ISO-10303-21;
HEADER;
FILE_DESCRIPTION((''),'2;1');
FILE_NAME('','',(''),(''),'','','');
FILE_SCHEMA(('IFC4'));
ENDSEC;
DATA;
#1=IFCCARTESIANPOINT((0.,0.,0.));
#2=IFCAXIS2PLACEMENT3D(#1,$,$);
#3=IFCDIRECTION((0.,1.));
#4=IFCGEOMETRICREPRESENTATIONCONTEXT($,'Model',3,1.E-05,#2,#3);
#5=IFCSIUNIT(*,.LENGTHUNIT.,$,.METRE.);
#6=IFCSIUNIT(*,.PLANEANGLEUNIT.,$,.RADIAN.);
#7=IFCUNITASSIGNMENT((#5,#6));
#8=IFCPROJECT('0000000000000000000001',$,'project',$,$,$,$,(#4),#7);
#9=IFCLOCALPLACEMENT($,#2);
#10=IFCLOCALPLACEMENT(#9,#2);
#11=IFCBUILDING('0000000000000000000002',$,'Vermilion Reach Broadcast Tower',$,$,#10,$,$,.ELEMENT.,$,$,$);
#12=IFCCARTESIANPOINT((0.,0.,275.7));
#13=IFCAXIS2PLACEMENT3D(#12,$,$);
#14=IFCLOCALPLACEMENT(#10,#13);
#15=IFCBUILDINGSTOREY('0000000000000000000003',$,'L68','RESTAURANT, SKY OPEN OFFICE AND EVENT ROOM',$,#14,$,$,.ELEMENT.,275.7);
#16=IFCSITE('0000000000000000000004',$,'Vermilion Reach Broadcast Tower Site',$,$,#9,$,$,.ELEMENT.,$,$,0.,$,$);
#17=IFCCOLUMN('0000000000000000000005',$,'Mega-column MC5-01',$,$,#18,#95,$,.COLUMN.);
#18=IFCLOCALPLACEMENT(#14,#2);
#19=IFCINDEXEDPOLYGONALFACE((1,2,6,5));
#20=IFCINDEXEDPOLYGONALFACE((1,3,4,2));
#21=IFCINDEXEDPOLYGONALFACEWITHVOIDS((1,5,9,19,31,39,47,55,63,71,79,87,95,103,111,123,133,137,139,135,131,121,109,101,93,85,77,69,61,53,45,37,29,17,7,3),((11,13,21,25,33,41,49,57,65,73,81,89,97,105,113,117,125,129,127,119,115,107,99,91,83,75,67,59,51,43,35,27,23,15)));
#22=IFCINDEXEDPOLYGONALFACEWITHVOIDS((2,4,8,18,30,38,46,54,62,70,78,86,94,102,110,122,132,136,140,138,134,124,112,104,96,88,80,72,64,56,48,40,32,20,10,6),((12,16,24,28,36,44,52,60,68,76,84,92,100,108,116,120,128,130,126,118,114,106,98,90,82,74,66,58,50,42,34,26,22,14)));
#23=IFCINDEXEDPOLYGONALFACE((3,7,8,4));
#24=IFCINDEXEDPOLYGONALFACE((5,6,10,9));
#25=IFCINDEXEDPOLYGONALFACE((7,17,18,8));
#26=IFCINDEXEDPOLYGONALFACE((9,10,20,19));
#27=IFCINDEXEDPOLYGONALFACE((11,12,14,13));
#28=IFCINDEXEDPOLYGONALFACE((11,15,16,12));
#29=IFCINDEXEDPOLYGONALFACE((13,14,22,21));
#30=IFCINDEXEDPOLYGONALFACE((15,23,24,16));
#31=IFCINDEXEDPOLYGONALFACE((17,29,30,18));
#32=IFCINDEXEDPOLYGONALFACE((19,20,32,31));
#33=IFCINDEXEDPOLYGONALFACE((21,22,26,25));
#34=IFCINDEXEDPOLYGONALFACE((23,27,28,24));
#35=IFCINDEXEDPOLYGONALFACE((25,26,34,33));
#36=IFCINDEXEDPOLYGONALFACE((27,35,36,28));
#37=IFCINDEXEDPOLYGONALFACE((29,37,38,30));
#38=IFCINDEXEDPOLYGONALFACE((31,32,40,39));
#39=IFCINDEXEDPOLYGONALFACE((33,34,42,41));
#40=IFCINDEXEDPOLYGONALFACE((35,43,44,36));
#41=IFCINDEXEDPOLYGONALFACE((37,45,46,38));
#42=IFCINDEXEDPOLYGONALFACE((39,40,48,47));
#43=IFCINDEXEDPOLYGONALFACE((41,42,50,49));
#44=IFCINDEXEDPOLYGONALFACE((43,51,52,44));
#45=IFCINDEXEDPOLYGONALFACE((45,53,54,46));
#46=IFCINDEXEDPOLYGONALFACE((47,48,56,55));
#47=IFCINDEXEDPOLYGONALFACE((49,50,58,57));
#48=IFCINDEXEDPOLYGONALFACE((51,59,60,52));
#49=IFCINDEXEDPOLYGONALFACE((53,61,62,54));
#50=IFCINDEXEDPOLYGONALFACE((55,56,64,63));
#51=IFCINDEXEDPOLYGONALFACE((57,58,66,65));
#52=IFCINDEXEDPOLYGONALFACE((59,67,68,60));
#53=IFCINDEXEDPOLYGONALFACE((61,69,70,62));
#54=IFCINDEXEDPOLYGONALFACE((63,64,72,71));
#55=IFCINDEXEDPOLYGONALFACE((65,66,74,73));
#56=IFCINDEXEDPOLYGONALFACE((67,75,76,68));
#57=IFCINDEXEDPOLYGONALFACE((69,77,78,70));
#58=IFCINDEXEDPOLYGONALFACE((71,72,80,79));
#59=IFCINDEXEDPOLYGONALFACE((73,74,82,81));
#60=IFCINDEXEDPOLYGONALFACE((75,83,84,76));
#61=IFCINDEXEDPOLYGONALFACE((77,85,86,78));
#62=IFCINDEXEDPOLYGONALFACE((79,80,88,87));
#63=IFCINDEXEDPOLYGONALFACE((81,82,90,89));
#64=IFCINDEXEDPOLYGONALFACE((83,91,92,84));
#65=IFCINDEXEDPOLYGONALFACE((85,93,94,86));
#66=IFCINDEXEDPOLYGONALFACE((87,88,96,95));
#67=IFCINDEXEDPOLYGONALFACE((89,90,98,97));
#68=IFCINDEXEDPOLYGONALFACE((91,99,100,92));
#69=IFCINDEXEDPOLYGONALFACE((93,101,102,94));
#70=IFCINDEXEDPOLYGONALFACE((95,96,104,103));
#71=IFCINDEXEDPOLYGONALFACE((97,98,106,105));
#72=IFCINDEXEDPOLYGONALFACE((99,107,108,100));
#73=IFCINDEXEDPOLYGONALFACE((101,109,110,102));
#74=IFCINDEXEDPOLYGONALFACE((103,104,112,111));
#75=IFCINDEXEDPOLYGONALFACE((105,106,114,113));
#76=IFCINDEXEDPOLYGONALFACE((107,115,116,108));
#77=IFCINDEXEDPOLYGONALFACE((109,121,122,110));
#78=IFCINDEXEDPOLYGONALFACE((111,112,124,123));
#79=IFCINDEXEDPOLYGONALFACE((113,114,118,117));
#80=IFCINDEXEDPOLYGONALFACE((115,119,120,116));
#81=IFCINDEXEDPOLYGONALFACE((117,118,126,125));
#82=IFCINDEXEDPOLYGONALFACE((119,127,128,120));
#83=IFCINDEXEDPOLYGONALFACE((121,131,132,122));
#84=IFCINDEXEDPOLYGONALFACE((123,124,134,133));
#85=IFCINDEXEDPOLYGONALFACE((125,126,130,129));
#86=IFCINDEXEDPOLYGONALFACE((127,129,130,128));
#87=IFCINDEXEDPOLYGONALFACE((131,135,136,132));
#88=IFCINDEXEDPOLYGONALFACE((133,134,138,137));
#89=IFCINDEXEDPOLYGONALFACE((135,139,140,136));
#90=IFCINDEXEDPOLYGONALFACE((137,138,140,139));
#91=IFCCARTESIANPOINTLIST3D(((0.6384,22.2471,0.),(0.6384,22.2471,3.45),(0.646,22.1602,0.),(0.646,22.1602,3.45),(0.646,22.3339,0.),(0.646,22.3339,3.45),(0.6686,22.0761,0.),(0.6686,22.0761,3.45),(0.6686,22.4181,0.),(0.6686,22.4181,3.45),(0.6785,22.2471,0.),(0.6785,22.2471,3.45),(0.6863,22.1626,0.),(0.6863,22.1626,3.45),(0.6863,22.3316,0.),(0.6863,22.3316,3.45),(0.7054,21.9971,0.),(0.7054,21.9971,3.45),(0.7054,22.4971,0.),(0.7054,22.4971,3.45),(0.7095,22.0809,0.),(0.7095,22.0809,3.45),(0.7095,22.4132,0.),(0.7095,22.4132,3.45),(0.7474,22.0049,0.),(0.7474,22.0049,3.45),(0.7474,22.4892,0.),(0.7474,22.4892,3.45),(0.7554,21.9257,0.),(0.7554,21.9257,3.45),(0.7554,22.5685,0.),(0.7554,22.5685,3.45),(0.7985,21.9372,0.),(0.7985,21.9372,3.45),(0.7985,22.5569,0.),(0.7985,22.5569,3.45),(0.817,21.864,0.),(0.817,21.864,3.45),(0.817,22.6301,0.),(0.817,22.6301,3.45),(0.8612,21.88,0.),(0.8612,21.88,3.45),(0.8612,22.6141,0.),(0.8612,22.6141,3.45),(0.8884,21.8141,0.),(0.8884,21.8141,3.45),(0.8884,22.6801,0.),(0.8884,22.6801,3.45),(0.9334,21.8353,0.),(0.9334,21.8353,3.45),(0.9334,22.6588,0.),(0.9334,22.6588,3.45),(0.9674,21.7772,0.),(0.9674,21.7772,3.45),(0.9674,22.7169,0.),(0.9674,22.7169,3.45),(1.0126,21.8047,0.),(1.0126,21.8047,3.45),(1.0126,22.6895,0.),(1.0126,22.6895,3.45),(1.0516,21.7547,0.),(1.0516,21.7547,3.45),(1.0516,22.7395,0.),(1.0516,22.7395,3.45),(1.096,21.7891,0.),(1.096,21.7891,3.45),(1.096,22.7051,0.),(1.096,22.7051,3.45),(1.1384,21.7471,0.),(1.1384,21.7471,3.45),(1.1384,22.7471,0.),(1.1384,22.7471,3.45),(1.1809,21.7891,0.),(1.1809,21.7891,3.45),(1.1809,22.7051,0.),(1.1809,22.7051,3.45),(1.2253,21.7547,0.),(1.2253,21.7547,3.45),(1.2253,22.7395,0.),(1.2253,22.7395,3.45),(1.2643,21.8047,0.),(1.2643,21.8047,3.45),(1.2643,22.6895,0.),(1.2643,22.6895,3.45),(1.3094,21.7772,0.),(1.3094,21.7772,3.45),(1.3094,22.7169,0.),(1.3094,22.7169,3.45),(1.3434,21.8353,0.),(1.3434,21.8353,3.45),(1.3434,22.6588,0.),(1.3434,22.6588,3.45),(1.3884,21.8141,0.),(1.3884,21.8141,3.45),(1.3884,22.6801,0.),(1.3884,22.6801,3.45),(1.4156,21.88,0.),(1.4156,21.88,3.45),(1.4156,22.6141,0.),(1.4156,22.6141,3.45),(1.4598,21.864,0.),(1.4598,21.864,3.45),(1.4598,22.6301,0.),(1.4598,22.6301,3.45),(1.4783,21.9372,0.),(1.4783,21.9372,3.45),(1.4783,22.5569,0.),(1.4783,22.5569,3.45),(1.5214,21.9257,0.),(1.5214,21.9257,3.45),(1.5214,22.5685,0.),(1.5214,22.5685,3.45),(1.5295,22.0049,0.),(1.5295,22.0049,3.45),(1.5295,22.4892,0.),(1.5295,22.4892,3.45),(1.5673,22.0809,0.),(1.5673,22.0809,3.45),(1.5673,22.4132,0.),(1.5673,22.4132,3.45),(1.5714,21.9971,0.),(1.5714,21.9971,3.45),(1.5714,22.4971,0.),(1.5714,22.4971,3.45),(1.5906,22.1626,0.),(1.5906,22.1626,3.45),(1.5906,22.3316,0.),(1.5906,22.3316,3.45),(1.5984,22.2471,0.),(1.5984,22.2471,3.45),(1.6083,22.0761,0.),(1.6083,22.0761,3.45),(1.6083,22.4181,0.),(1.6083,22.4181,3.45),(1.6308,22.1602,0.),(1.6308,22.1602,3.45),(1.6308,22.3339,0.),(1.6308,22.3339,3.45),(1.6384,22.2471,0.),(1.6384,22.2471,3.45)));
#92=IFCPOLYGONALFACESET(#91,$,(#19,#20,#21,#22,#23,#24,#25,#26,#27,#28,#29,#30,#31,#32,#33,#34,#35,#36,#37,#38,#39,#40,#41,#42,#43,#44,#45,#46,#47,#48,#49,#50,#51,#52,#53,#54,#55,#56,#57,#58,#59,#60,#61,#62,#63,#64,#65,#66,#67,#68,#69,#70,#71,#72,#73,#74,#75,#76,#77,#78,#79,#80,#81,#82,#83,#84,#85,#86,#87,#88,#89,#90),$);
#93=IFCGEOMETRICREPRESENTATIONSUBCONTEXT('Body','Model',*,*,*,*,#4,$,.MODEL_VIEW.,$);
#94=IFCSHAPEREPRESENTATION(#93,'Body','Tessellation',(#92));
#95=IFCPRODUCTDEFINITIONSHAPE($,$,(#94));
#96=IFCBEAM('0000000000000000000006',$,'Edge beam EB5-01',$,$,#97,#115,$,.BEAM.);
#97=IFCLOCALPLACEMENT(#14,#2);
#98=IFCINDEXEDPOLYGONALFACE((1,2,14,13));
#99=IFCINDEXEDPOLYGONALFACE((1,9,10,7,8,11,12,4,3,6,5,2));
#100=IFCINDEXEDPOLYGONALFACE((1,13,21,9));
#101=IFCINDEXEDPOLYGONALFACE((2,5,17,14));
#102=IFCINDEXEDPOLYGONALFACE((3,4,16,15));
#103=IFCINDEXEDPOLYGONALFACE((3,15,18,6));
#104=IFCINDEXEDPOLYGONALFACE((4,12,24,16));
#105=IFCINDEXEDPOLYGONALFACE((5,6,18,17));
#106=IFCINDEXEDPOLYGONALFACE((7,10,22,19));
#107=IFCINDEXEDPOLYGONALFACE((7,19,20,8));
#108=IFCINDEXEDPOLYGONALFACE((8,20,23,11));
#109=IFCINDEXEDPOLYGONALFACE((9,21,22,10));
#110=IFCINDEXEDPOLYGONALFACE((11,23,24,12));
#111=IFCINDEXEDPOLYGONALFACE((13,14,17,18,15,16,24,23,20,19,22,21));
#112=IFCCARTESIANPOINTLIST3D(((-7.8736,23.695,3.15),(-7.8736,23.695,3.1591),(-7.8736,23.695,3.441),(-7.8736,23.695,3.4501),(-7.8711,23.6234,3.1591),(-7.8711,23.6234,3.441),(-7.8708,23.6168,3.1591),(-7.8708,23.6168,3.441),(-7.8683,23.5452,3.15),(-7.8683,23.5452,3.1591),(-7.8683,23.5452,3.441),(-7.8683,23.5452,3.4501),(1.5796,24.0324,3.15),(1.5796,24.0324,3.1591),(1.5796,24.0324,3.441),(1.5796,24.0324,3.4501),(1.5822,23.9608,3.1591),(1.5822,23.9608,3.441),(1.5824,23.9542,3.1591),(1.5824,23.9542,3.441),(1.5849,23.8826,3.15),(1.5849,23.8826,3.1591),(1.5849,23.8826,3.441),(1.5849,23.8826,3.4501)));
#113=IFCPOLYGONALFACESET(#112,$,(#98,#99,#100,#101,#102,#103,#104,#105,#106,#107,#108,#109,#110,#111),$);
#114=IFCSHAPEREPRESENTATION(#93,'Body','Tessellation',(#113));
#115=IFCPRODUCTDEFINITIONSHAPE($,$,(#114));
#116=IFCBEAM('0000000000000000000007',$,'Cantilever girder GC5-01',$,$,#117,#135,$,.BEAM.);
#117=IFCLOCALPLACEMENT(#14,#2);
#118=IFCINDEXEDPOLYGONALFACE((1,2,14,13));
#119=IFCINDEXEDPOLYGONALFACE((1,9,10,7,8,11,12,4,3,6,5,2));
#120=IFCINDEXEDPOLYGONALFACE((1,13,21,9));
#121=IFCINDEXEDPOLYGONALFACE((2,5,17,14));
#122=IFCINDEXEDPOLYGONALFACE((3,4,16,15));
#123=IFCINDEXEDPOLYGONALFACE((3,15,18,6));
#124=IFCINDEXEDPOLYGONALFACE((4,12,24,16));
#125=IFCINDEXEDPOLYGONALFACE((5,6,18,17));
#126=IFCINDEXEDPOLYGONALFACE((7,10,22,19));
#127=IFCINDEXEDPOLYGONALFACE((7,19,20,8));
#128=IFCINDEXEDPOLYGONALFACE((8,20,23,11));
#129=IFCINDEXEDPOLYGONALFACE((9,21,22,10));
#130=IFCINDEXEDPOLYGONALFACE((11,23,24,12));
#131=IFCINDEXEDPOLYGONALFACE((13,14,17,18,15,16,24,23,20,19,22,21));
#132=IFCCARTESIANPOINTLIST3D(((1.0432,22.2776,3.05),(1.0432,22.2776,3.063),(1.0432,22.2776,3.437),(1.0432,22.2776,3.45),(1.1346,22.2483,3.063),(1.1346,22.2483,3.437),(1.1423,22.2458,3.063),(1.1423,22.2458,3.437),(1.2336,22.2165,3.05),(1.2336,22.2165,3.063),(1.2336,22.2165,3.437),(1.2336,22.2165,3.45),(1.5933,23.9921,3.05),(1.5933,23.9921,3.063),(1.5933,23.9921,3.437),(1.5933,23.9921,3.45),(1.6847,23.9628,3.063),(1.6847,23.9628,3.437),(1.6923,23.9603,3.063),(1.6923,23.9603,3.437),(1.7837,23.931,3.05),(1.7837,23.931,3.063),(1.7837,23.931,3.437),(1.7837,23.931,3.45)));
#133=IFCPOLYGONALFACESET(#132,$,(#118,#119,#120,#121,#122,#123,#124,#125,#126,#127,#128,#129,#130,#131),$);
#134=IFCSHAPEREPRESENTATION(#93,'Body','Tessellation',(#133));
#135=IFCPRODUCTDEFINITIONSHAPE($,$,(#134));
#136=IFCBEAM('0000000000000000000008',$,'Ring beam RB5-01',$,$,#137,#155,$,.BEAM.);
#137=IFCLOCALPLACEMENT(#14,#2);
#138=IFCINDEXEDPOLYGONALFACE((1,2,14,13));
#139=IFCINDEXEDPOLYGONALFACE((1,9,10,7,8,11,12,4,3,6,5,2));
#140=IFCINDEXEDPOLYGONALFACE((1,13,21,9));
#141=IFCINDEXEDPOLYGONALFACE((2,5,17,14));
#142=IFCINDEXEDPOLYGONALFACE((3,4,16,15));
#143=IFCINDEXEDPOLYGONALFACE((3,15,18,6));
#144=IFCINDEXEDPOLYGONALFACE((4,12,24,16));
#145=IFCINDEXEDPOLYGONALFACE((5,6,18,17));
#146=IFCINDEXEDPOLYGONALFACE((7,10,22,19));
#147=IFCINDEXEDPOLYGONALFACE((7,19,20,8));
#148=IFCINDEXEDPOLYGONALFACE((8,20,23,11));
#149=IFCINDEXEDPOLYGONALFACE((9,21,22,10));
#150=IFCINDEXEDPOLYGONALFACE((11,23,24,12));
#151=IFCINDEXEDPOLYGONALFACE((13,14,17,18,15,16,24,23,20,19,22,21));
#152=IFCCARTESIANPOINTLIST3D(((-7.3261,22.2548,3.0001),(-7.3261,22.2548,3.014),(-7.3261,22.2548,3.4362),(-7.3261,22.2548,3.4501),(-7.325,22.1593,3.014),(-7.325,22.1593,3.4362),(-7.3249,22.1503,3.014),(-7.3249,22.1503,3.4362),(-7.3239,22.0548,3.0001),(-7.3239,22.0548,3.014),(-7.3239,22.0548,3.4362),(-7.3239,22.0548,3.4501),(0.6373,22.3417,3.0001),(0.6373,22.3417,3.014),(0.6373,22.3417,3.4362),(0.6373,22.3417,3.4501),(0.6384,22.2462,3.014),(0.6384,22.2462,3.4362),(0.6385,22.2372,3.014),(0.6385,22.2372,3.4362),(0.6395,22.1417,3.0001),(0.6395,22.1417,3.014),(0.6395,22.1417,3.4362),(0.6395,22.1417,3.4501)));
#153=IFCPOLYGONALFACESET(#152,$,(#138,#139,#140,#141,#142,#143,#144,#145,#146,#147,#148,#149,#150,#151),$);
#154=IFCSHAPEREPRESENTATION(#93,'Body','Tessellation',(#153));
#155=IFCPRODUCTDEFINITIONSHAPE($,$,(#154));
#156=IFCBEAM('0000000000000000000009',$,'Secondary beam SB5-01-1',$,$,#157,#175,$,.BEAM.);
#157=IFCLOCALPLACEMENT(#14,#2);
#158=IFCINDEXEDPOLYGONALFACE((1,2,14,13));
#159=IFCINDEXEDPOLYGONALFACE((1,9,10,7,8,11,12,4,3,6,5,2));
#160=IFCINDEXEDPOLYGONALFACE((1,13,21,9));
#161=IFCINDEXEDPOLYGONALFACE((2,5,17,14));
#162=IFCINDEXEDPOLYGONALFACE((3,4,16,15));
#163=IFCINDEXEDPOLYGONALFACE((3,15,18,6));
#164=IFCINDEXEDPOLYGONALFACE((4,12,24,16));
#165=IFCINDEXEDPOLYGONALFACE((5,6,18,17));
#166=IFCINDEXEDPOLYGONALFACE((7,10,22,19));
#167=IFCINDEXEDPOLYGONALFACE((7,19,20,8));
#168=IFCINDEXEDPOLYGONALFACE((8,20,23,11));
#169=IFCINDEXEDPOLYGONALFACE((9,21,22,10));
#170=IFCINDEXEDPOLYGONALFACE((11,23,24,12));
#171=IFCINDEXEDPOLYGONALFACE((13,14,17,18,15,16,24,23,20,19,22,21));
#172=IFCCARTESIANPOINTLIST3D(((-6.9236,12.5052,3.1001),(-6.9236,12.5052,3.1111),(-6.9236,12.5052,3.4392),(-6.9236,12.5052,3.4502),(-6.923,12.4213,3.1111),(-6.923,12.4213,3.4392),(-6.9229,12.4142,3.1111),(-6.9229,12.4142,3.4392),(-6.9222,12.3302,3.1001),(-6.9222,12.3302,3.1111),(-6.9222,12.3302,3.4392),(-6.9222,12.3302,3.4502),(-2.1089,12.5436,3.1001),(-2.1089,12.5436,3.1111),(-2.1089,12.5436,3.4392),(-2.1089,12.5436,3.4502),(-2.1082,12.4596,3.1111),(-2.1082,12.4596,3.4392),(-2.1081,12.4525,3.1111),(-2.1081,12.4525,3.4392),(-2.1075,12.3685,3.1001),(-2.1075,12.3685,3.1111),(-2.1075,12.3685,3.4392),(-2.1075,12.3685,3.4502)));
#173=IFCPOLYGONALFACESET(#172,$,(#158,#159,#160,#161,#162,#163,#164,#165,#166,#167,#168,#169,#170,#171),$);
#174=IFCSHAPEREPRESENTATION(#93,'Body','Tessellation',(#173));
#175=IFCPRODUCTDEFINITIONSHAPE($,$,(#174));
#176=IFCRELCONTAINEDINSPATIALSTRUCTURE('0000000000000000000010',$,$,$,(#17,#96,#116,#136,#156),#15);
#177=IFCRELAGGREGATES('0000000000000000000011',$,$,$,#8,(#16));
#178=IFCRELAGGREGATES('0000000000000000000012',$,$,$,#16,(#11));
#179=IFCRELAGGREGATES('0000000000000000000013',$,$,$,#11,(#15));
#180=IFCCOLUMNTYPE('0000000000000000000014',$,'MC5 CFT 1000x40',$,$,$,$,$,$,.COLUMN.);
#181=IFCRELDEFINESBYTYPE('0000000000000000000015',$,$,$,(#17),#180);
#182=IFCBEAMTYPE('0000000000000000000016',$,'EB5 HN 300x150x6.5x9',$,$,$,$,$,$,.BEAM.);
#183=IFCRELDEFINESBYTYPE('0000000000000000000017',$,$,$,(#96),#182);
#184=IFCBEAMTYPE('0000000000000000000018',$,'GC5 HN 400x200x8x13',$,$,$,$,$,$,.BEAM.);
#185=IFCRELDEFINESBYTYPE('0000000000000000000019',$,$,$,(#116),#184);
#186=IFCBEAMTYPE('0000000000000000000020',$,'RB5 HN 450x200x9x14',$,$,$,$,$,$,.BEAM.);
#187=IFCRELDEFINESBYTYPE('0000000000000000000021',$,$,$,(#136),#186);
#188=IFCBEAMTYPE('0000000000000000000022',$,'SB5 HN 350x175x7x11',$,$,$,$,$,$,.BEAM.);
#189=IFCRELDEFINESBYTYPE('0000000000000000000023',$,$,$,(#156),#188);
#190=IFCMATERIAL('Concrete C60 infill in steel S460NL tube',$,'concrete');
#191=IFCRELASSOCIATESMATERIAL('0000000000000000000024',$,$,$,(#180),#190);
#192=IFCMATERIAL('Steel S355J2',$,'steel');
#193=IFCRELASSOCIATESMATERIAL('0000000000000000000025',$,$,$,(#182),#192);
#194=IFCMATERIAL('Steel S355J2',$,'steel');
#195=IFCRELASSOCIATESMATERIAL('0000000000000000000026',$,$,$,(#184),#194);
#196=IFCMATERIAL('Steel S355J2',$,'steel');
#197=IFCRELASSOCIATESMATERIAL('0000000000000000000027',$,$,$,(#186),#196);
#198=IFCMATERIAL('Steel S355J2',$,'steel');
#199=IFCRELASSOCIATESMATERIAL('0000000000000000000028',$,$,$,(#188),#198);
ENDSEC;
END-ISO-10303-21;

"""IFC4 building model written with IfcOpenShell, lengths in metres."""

from ifc_helpers import new_model, si_unit, direction, frame, origin, origin_2d, place, context, subcontext, project, spatial, hollow_circle, i_section, extrude, material, material_profile, profile_set, type_object, element, save


model = new_model("IFC4")

# Units and contexts
model_context = context("Model", 3, precision=1e-05, world=origin(), true_north=direction((0.0, 1.0)))
body_context = subcontext(model_context, "Body", "Model", "MODEL_VIEW")
ifc_project = project(units=[si_unit("LENGTHUNIT", "METRE"), si_unit("PLANEANGLEUNIT", "RADIAN")], contexts=[model_context])

# Site, building, storey
site_placement = place(None, origin())
site = spatial("IfcSite", under=ifc_project, at=site_placement, Name="Vermilion Reach Broadcast Tower Site", CompositionType="ELEMENT", RefElevation=0.0)
building_placement = place(site_placement, origin())
building = spatial("IfcBuilding", under=site, at=building_placement, Name="Vermilion Reach Broadcast Tower", CompositionType="ELEMENT")
storey_placement = place(building_placement, frame((0.0, 0.0, 275.7)))
storey = spatial("IfcBuildingStorey", under=building, at=storey_placement, Name="L68", Description="RESTAURANT, SKY OPEN OFFICE AND EVENT ROOM", CompositionType="ELEMENT", Elevation=275.7)

# Column
ifc_material_1 = material(Name="Concrete C60 infill in steel S460NL tube", Category="concrete")
ifc_material_profile_1 = material_profile(ifc_material_1, hollow_circle(Radius=0.5, WallThickness=0.04, at=origin_2d()), Name="Concrete C60 infill in steel S460NL tube CFT 1000x40")
ifc_profile_set_1 = profile_set([ifc_material_profile_1], Name="Concrete C60 infill in steel S460NL tube")
column_type = type_object("IfcColumnType", Name="MC5 CFT 1000x40", PredefinedType="COLUMN", material=ifc_profile_set_1)
column_placement = place(storey_placement, frame((1.1384, 22.2471, 0.0), z_axis=(0.0, 0.0, 1.0), x_axis=(1.0, 0.0, 0.0)))
element("IfcColumn", 1, at=column_placement, inside=storey, type_object=column_type, Name="Mega-column MC5-01", PredefinedType="COLUMN", context=body_context, shape_type="SweptSolid", body=[
    extrude(hollow_circle(Radius=0.5, WallThickness=0.04, at=origin_2d()), origin(), (0.0, 0.0, 1.0), 3.45),
])

# Beams
ifc_material_2 = material(Name="Steel S355J2", Category="steel")
ifc_material_profile_2 = material_profile(ifc_material_2, i_section(OverallWidth=0.1499, OverallDepth=0.3, WebThickness=0.0066, FlangeThickness=0.009, at=origin_2d()), Name="S355J2 HN 300x150x6.5x9")
ifc_profile_set_2 = profile_set([ifc_material_profile_2], Name="Steel S355J2")
beam_type_1 = type_object("IfcBeamType", Name="EB5 HN 300x150x6.5x9", PredefinedType="BEAM", material=ifc_profile_set_2)
beam_1_placement = place(storey_placement, frame((1.5823, 23.9575, 3.3), z_axis=(-0.999364, -0.035669, 0.0), x_axis=(0.035669, -0.999364, 0.0)))
element("IfcBeam", 2, at=beam_1_placement, inside=storey, type_object=beam_type_1, Name="Edge beam EB5-01", PredefinedType="BEAM", context=body_context, shape_type="SweptSolid", body=[
    extrude(i_section(OverallWidth=0.1499, OverallDepth=0.3, WebThickness=0.0066, FlangeThickness=0.009, at=origin_2d()), origin(), (0.0, 0.0, 1.0), 9.4592),
])
ifc_material_3 = material(Name="Steel S355J2", Category="steel")
ifc_material_profile_3 = material_profile(ifc_material_3, i_section(OverallWidth=0.2, OverallDepth=0.3999, WebThickness=0.0081, FlangeThickness=0.0129, at=origin_2d()), Name="S355J2 HN 400x200x8x13")
ifc_profile_set_3 = profile_set([ifc_material_profile_3], Name="Steel S355J2")
beam_type_2 = type_object("IfcBeamType", Name="GC5 HN 400x200x8x13", PredefinedType="BEAM", material=ifc_profile_set_3)
beam_2_placement = place(storey_placement, frame((1.1384, 22.2471, 3.25), z_axis=(0.305509, 0.952189, 0.0), x_axis=(-0.952189, 0.305509, 0.0)))
element("IfcBeam", 3, at=beam_2_placement, inside=storey, type_object=beam_type_2, Name="Cantilever girder GC5-01", PredefinedType="BEAM", context=body_context, shape_type="SweptSolid", body=[
    extrude(i_section(OverallWidth=0.2, OverallDepth=0.3999, WebThickness=0.0081, FlangeThickness=0.0129, at=origin_2d()), origin(), (0.0, 0.0, 1.0), 1.8005),
])
ifc_material_4 = material(Name="Steel S355J2", Category="steel")
ifc_material_profile_4 = material_profile(ifc_material_4, i_section(OverallWidth=0.2, OverallDepth=0.45, WebThickness=0.009, FlangeThickness=0.0139, at=origin_2d()), Name="S355J2 HN 450x200x9x14")
ifc_profile_set_4 = profile_set([ifc_material_profile_4], Name="Steel S355J2")
beam_type_3 = type_object("IfcBeamType", Name="RB5 HN 450x200x9x14", PredefinedType="BEAM", material=ifc_profile_set_4)
beam_3_placement = place(storey_placement, frame((0.6384, 22.2417, 3.2251), z_axis=(-0.99994, -0.010914, 0.0), x_axis=(0.010914, -0.99994, 0.0)))
element("IfcBeam", 4, at=beam_3_placement, inside=storey, type_object=beam_type_3, Name="Ring beam RB5-01", PredefinedType="BEAM", context=body_context, shape_type="SweptSolid", body=[
    extrude(i_section(OverallWidth=0.2, OverallDepth=0.45, WebThickness=0.009, FlangeThickness=0.0139, at=origin_2d()), origin(), (0.0, 0.0, 1.0), 7.9639),
])
ifc_material_5 = material(Name="Steel S355J2", Category="steel")
ifc_material_profile_5 = material_profile(ifc_material_5, i_section(OverallWidth=0.175, OverallDepth=0.3501, WebThickness=0.0071, FlangeThickness=0.011, at=origin_2d()), Name="S355J2 HN 350x175x7x11")
ifc_profile_set_5 = profile_set([ifc_material_profile_5], Name="Steel S355J2")
beam_type_4 = type_object("IfcBeamType", Name="SB5 HN 350x175x7x11", PredefinedType="BEAM", material=ifc_profile_set_5)
beam_4_placement = place(storey_placement, frame((-2.1082, 12.4561, 3.2751), z_axis=(-0.999968, -0.007961, 0.0), x_axis=(0.007961, -0.999968, 0.0)))
element("IfcBeam", 5, at=beam_4_placement, inside=storey, type_object=beam_type_4, Name="Secondary beam SB5-01-1", PredefinedType="BEAM", context=body_context, shape_type="SweptSolid", body=[
    extrude(i_section(OverallWidth=0.175, OverallDepth=0.3501, WebThickness=0.0071, FlangeThickness=0.011, at=origin_2d()), origin(), (0.0, 0.0, 1.0), 4.8149),
])

save(model, "model.ifc")
